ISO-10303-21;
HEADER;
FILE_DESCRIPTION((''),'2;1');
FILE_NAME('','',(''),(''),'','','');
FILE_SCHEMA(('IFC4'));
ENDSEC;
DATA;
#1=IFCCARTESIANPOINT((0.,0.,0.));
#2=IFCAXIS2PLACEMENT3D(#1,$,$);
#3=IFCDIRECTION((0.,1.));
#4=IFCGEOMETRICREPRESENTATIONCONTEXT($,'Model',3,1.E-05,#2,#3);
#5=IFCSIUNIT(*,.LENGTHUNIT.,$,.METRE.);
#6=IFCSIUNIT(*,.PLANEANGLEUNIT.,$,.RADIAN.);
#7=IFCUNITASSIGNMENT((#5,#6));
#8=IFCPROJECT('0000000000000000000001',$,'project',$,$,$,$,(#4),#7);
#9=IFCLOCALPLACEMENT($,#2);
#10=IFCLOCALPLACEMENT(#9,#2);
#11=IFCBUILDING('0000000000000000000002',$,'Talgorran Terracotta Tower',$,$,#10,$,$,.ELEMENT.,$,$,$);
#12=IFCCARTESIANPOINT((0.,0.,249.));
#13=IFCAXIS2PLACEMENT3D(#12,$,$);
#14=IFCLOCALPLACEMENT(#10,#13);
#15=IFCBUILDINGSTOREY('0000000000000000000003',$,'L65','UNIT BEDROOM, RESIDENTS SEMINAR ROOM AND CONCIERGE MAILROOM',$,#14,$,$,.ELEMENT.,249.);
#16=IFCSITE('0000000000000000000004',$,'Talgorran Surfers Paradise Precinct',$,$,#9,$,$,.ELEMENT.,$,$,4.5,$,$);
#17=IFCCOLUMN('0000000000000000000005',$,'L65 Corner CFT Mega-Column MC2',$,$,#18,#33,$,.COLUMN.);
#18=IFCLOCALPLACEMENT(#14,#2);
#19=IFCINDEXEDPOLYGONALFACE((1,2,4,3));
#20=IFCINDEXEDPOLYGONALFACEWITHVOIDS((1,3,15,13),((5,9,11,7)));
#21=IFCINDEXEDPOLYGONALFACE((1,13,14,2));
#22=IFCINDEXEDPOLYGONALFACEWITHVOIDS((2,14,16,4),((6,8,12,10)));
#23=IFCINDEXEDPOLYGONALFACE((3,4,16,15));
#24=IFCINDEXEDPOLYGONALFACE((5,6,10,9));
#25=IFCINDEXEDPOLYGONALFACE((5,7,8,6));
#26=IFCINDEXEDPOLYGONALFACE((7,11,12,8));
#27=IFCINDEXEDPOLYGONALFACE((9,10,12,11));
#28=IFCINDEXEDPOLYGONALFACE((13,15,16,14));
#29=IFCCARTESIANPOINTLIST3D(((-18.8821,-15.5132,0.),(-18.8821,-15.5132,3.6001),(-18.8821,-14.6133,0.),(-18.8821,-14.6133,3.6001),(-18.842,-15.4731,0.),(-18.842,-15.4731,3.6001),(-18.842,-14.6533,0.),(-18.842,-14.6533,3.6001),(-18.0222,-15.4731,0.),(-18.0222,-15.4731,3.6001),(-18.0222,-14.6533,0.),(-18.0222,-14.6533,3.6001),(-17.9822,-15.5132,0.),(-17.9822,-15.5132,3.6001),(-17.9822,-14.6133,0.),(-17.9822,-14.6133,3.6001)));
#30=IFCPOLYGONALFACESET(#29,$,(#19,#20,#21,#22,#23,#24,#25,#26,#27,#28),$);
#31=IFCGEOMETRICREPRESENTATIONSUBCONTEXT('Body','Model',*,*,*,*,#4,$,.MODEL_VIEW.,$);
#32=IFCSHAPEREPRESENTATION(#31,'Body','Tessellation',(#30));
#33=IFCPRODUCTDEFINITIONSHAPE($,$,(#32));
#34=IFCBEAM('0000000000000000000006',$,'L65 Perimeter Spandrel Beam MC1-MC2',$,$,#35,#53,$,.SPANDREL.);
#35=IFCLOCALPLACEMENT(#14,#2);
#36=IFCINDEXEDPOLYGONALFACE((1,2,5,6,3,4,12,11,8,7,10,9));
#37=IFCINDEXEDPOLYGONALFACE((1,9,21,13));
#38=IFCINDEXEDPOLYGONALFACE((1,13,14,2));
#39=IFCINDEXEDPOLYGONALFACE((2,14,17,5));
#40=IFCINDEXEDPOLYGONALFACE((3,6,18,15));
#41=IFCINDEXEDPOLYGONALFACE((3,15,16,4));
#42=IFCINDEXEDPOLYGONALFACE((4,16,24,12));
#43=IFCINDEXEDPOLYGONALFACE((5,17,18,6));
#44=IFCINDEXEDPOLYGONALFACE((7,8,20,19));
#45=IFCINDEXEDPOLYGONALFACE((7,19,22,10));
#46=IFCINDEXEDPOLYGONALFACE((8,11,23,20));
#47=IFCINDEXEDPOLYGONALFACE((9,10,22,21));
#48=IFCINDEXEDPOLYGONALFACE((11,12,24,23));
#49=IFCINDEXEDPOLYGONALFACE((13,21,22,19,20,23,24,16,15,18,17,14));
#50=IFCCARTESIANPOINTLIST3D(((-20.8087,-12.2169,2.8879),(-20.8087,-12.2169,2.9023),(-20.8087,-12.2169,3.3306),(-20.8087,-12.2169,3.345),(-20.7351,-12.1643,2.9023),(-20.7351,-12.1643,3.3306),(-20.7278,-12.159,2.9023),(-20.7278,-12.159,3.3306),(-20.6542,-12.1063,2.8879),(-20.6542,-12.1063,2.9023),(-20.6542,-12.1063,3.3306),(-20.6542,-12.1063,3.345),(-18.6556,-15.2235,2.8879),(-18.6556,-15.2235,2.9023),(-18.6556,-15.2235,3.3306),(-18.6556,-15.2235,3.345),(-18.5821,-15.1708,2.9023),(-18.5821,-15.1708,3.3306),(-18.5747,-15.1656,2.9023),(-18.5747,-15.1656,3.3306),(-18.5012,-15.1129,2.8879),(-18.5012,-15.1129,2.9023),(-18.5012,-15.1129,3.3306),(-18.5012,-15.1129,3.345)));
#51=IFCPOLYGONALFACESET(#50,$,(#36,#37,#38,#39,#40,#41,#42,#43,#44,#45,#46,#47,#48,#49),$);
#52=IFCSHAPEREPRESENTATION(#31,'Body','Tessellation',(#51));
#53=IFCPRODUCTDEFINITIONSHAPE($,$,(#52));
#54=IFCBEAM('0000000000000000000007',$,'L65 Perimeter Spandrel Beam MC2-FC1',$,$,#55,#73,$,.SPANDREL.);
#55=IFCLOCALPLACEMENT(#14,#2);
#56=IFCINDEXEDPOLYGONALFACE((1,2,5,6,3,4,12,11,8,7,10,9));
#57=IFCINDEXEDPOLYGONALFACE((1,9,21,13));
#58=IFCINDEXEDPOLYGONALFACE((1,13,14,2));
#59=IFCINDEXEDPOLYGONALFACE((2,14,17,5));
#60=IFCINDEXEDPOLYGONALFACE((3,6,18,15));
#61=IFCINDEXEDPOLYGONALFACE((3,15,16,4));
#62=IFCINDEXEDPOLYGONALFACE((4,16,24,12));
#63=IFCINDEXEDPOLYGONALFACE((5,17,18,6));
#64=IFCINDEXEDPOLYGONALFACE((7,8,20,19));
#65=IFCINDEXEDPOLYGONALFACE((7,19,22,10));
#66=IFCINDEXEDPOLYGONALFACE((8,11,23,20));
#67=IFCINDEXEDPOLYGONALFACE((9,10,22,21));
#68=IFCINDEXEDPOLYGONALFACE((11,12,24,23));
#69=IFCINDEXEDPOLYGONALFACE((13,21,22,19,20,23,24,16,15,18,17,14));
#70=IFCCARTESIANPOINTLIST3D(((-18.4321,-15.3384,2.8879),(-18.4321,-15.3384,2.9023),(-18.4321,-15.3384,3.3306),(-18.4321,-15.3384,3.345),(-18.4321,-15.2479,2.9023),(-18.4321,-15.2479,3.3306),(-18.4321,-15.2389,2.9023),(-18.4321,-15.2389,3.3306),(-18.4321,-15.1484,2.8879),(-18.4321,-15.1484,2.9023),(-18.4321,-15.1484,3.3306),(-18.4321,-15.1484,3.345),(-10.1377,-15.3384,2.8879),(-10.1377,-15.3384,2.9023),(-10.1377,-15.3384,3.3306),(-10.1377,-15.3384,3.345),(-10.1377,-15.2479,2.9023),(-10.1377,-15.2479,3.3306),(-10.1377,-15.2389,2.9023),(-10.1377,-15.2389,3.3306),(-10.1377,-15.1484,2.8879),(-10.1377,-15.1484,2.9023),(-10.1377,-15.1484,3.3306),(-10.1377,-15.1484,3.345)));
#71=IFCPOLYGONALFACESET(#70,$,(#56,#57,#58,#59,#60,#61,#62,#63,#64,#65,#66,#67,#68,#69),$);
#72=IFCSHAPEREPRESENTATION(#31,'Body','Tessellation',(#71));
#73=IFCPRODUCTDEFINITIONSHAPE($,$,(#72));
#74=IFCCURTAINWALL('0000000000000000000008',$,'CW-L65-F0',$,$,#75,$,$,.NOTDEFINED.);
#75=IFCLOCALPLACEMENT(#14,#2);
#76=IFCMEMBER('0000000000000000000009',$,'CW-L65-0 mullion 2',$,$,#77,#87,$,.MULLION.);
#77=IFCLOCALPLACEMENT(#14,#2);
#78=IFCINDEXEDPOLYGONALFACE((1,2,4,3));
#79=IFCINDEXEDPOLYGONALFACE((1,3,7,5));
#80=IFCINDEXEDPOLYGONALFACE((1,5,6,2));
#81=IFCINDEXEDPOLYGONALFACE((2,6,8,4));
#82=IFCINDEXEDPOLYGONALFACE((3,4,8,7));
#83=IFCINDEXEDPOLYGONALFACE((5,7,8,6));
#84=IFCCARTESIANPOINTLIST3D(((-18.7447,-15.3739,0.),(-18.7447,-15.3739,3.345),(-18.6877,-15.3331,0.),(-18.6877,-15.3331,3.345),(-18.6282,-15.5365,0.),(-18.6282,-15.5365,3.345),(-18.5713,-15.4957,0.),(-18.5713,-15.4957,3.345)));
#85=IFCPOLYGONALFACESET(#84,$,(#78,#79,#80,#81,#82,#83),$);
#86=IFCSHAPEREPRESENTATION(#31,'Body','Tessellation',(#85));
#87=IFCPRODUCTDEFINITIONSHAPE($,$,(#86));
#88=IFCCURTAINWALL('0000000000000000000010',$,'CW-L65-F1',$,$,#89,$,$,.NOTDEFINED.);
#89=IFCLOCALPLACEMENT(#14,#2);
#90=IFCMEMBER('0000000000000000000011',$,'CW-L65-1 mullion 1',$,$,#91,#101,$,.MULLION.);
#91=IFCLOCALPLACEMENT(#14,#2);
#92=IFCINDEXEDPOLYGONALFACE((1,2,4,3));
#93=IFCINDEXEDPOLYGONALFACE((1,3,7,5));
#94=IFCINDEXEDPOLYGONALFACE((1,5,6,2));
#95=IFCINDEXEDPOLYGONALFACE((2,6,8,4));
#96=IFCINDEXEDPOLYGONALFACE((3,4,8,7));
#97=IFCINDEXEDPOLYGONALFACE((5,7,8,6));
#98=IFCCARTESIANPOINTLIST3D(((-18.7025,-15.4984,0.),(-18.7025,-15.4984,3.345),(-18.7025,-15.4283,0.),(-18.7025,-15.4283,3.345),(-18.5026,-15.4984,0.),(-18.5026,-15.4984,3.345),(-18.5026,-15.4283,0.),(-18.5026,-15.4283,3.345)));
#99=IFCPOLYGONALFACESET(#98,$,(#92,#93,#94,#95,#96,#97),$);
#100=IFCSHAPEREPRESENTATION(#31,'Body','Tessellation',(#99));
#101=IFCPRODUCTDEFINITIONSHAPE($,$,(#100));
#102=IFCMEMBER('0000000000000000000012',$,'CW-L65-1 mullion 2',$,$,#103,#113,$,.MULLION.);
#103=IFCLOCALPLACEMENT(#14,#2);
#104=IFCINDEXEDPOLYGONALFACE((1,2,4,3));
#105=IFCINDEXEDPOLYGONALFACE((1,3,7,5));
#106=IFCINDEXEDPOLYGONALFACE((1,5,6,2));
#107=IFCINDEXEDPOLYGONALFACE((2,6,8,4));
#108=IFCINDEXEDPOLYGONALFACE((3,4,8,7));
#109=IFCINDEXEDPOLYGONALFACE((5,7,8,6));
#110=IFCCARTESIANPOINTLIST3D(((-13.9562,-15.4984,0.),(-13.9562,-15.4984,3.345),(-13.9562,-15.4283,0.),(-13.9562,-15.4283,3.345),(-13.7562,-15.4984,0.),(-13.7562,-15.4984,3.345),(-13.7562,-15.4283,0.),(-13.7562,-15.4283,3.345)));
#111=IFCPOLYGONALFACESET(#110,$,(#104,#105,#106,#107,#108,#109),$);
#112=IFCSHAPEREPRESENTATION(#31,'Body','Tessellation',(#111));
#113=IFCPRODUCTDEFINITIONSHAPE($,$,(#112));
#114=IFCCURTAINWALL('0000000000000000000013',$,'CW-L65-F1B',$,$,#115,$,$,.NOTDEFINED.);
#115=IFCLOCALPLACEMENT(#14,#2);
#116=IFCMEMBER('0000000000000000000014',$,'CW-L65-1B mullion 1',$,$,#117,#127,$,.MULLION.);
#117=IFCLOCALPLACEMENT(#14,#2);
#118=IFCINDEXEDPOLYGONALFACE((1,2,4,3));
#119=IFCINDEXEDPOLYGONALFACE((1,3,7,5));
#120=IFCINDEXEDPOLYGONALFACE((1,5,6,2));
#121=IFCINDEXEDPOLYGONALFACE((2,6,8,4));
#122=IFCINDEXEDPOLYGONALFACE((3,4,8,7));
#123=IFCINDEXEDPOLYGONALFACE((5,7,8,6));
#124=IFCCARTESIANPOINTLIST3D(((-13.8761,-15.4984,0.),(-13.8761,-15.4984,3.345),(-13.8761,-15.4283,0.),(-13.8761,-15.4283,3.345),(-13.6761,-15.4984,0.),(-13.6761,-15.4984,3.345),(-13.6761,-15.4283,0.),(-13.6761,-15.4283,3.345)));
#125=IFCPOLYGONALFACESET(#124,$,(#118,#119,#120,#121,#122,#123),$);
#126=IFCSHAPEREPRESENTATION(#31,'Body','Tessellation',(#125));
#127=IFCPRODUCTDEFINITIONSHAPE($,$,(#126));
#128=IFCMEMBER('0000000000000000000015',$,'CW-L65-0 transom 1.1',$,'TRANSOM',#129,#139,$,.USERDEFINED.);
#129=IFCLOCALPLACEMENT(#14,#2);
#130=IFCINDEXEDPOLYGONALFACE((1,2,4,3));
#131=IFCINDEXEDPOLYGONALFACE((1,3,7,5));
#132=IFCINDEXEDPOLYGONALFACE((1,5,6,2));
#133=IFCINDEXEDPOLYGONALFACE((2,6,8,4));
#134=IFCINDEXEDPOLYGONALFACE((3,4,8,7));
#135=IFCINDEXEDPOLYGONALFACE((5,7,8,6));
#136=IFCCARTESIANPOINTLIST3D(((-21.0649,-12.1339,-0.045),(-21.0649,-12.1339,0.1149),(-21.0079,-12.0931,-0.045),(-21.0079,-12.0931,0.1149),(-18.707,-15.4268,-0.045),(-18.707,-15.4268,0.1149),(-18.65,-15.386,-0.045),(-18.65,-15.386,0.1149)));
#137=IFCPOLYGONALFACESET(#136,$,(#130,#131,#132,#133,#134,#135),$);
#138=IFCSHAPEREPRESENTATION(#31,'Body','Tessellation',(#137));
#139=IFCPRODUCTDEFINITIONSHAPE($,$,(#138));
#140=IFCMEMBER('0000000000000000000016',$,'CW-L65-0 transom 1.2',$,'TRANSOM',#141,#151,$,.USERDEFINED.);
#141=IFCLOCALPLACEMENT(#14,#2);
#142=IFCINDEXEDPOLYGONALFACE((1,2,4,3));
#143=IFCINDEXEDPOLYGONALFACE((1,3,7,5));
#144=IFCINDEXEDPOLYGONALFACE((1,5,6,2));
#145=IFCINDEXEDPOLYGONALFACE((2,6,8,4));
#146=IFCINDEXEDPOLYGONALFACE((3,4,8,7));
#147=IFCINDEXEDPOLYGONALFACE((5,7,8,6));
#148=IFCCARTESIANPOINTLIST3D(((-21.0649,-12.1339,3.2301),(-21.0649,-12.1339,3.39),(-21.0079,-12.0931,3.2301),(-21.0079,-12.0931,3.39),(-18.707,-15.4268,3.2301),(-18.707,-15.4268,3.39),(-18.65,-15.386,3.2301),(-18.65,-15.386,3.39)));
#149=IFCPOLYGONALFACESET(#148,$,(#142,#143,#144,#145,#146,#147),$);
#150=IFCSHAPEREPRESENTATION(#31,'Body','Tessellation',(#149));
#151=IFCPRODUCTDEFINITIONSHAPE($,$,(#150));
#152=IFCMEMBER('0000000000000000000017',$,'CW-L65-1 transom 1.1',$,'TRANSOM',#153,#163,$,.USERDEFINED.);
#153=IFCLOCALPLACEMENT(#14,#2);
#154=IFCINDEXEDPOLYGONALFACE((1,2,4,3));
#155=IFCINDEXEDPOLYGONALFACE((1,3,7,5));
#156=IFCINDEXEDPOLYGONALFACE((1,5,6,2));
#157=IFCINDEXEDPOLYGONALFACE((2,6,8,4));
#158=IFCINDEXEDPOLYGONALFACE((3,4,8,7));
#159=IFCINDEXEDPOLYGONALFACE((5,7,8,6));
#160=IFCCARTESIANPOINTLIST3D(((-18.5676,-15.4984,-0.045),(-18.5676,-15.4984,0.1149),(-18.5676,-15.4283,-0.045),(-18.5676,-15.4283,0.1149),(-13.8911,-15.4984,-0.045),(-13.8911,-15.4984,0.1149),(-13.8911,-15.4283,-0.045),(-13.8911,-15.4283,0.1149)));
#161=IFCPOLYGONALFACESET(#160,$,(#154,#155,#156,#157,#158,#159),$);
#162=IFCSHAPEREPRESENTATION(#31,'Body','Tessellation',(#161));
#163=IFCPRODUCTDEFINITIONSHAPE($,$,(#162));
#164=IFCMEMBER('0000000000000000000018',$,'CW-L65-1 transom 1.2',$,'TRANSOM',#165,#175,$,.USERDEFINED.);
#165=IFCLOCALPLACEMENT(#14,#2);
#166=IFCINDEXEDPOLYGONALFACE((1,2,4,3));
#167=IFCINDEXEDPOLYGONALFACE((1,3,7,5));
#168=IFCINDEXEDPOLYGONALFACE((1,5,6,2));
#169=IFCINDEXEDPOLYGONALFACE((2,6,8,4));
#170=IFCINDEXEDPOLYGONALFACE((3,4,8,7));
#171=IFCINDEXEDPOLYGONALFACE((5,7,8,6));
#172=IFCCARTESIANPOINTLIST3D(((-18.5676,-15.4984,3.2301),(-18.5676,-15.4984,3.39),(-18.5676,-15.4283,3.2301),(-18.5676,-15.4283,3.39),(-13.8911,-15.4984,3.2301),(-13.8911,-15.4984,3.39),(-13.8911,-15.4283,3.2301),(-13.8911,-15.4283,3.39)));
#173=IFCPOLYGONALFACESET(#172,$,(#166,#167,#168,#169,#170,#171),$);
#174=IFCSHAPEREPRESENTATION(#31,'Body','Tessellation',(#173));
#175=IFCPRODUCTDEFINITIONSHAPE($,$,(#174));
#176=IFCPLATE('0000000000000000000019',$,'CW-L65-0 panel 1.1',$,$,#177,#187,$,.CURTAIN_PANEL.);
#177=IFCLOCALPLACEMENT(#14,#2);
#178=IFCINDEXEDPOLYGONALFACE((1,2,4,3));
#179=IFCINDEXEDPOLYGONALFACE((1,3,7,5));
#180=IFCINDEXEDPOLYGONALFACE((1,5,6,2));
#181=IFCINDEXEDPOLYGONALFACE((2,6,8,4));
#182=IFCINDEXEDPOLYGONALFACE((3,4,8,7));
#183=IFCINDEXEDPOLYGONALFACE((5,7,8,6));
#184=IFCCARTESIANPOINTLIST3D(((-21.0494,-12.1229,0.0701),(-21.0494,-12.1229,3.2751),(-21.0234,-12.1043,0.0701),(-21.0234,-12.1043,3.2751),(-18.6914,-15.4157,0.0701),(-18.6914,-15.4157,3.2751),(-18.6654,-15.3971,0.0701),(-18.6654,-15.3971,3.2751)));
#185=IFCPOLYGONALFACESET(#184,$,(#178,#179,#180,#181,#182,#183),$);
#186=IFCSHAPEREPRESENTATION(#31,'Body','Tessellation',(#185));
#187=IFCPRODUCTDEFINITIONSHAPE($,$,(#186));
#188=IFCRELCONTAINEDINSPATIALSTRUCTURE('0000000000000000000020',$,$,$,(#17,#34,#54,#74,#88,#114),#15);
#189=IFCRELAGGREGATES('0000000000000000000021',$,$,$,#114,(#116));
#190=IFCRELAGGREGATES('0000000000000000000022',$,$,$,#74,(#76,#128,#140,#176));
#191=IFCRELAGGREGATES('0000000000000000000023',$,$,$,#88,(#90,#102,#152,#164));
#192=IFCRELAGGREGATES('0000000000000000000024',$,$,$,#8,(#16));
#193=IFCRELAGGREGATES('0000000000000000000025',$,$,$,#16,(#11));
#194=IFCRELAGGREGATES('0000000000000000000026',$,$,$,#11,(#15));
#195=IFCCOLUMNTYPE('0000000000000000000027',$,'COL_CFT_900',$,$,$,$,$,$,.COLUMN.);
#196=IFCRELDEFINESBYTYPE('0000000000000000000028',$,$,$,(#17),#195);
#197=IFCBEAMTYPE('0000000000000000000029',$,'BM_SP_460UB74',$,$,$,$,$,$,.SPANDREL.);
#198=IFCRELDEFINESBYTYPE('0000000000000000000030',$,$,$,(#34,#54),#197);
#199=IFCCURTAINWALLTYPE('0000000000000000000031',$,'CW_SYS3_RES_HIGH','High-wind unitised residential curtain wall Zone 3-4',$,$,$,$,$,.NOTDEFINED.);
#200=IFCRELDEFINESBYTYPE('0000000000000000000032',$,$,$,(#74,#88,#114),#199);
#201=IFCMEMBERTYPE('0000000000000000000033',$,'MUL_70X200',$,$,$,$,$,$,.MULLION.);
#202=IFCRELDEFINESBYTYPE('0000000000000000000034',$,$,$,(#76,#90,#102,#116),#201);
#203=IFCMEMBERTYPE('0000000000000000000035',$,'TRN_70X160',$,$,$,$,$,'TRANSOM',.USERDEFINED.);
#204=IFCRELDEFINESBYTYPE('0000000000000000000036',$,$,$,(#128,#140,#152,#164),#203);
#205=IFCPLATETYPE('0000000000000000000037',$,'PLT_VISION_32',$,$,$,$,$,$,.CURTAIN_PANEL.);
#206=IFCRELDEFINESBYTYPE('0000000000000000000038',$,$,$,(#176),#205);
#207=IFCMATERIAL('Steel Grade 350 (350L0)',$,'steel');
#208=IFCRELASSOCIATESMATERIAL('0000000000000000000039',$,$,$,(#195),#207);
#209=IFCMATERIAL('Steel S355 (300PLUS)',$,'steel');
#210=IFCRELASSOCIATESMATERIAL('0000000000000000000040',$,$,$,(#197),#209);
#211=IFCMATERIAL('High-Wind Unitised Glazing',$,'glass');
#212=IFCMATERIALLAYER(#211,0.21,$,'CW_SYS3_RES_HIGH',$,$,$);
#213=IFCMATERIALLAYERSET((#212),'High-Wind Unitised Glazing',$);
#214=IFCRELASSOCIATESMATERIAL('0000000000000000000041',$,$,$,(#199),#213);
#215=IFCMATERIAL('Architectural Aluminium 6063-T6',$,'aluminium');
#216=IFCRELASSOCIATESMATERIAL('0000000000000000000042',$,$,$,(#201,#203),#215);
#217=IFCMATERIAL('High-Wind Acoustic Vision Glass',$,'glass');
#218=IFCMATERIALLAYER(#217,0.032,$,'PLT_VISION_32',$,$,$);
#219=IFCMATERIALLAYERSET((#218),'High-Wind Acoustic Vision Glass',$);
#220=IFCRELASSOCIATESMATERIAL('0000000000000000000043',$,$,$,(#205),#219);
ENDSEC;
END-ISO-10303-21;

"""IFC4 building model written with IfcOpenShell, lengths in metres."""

from ifc_helpers import new_model, si_unit, direction, frame, origin, origin_2d, place, context, subcontext, project, spatial, rectangle, hollow_rectangle, i_section, extrude, source, transform, mapped, material, layer, layer_set, material_profile, profile_set, type_object, element, aggregate, save


model = new_model("IFC4")

# Units and contexts
model_context = context("Model", 3, precision=1e-05, world=origin(), true_north=direction((0.0, 1.0)))
body_context = subcontext(model_context, "Body", "Model", "MODEL_VIEW")
ifc_project = project(units=[si_unit("LENGTHUNIT", "METRE"), si_unit("PLANEANGLEUNIT", "RADIAN")], contexts=[model_context])

# Site, building, storey
site_placement = place(None, origin())
site = spatial("IfcSite", under=ifc_project, at=site_placement, Name="Talgorran Surfers Paradise Precinct", CompositionType="ELEMENT", RefElevation=4.5)
building_placement = place(site_placement, origin())
building = spatial("IfcBuilding", under=site, at=building_placement, Name="Talgorran Terracotta Tower", CompositionType="ELEMENT")
storey_placement = place(building_placement, frame((0.0, 0.0, 249.0)))
storey = spatial("IfcBuildingStorey", under=building, at=storey_placement, Name="L65", Description="UNIT BEDROOM, RESIDENTS SEMINAR ROOM AND CONCIERGE MAILROOM", CompositionType="ELEMENT", Elevation=249.0)

# Column
ifc_material_1 = material(Name="Steel Grade 350 (350L0)", Category="steel")
ifc_material_profile_1 = material_profile(ifc_material_1, hollow_rectangle(XDim=0.8999, YDim=0.8999, WallThickness=0.04, at=origin_2d()), Name="CFT900X900X40")
ifc_profile_set_1 = profile_set([ifc_material_profile_1], Name="Steel Grade 350 (350L0)")
column_type = type_object("IfcColumnType", Name="COL_CFT_900", PredefinedType="COLUMN", material=ifc_profile_set_1)
column_placement = place(storey_placement, frame((-18.4321, -15.0632, 0.0), z_axis=(0.0, 0.0, 1.0), x_axis=(1.0, 0.0, 0.0)))
element("IfcColumn", 1, at=column_placement, inside=storey, type_object=column_type, Name="L65 Corner CFT Mega-Column MC2", PredefinedType="COLUMN", context=body_context, shape_type="SweptSolid", body=[
    extrude(hollow_rectangle(XDim=0.8999, YDim=0.8999, WallThickness=0.04, at=origin_2d()), origin(), (0.0, 0.0, 1.0), 3.6001),
])

# Beams
ifc_material_2 = material(Name="Steel S355 (300PLUS)", Category="steel")
ifc_material_profile_2 = material_profile(ifc_material_2, i_section(OverallWidth=0.1899, OverallDepth=0.457, WebThickness=0.009, FlangeThickness=0.0144, at=origin_2d()), Name="460UB74.6")
ifc_profile_set_2 = profile_set([ifc_material_profile_2], Name="Steel S355 (300PLUS)")
beam_type = type_object("IfcBeamType", Name="BM_SP_460UB74", PredefinedType="SPANDREL", material=ifc_profile_set_2)
beam_1_placement = place(storey_placement, frame((-20.7314, -12.1616, 3.1165), z_axis=(0.582224, -0.813028, 0.0), x_axis=(0.813028, 0.582224, 0.0)))
element("IfcBeam", 2, at=beam_1_placement, inside=storey, type_object=beam_type, Name="L65 Perimeter Spandrel Beam MC1-MC2", PredefinedType="SPANDREL", context=body_context, shape_type="SweptSolid", body=[
    extrude(i_section(OverallWidth=0.1899, OverallDepth=0.457, WebThickness=0.009, FlangeThickness=0.0144, at=origin_2d()), origin(), (0.0, 0.0, 1.0), 3.698),
])
beam_2_placement = place(storey_placement, frame((-18.4321, -15.2434, 3.1165), z_axis=(1.0, 0.0, 0.0), x_axis=(0.0, 1.0, 0.0)))
element("IfcBeam", 3, at=beam_2_placement, inside=storey, type_object=beam_type, Name="L65 Perimeter Spandrel Beam MC2-FC1", PredefinedType="SPANDREL", context=body_context, shape_type="SweptSolid", body=[
    extrude(i_section(OverallWidth=0.1899, OverallDepth=0.457, WebThickness=0.009, FlangeThickness=0.0144, at=origin_2d()), origin(), (0.0, 0.0, 1.0), 8.2944),
])

# Curtain wall, member
ifc_material_3 = material(Name="High-Wind Unitised Glazing", Category="glass")
ifc_layer_1 = layer(ifc_material_3, 0.21, Name="CW_SYS3_RES_HIGH")
ifc_layer_set_1 = layer_set([ifc_layer_1], Name="High-Wind Unitised Glazing")
curtain_wall_type = type_object("IfcCurtainWallType", Name="CW_SYS3_RES_HIGH", Description="High-wind unitised residential curtain wall Zone 3-4", PredefinedType="NOTDEFINED", material=ifc_layer_set_1)
curtain_wall_1_placement = place(storey_placement, origin())
curtain_wall_1 = element("IfcCurtainWall", 4, at=curtain_wall_1_placement, inside=storey, type_object=curtain_wall_type, Name="CW-L65-F0", PredefinedType="NOTDEFINED")
ifc_material_4 = material(Name="Architectural Aluminium 6063-T6", Category="aluminium")
ifc_material_profile_3 = material_profile(ifc_material_4, rectangle(XDim=0.0701, YDim=0.2, at=origin_2d()), Name="CWM70X200")
ifc_profile_set_3 = profile_set([ifc_material_profile_3], Name="Architectural Aluminium 6063-T6")
member_type_1 = type_object("IfcMemberType", Name="MUL_70X200", PredefinedType="MULLION", material=ifc_profile_set_3)
member_1_placement = place(storey_placement, frame((-18.658, -15.4348, 0.0), z_axis=(0.0, 0.0, 1.0), x_axis=(0.813031, 0.58222, 0.0)))
member_1 = element("IfcMember", 5, at=member_1_placement, type_object=member_type_1, Name="CW-L65-0 mullion 2", PredefinedType="MULLION", context=body_context, shape_type="SweptSolid", body=[
    extrude(rectangle(XDim=0.0701, YDim=0.2, at=origin_2d()), origin(), (0.0, 0.0, 1.0), 3.345),
])

# Curtain wall, members
curtain_wall_2_placement = place(storey_placement, origin())
curtain_wall_2 = element("IfcCurtainWall", 6, at=curtain_wall_2_placement, inside=storey, type_object=curtain_wall_type, Name="CW-L65-F1", PredefinedType="NOTDEFINED")
member_2_placement = place(storey_placement, frame((-18.6025, -15.4634, 0.0), z_axis=(0.0, 0.0, 1.0), x_axis=(0.0, 1.0, 0.0)))
member_2 = element("IfcMember", 7, at=member_2_placement, type_object=member_type_1, Name="CW-L65-1 mullion 1", PredefinedType="MULLION", context=body_context, shape_type="SweptSolid", body=[
    extrude(rectangle(XDim=0.0701, YDim=0.2, at=origin_2d()), origin(), (0.0, 0.0, 1.0), 3.345),
])
member_3_placement = place(storey_placement, frame((-13.8562, -15.4634, 0.0), z_axis=(0.0, 0.0, 1.0), x_axis=(0.0, 1.0, 0.0)))
member_3 = element("IfcMember", 8, at=member_3_placement, type_object=member_type_1, Name="CW-L65-1 mullion 2", PredefinedType="MULLION", context=body_context, shape_type="SweptSolid", body=[
    extrude(rectangle(XDim=0.0701, YDim=0.2, at=origin_2d()), origin(), (0.0, 0.0, 1.0), 3.345),
])

# Curtain wall, member
curtain_wall_3_placement = place(storey_placement, origin())
curtain_wall_3 = element("IfcCurtainWall", 9, at=curtain_wall_3_placement, inside=storey, type_object=curtain_wall_type, Name="CW-L65-F1B", PredefinedType="NOTDEFINED")
member_4_placement = place(storey_placement, frame((-13.7761, -15.4634, 0.0), z_axis=(0.0, 0.0, 1.0), x_axis=(0.0, 1.0, 0.0)))
member_4 = element("IfcMember", 10, at=member_4_placement, type_object=member_type_1, Name="CW-L65-1B mullion 1", PredefinedType="MULLION", context=body_context, shape_type="SweptSolid", body=[
    extrude(rectangle(XDim=0.0701, YDim=0.2, at=origin_2d()), origin(), (0.0, 0.0, 1.0), 3.345),
])
aggregate(curtain_wall_3, [member_4])

# Members
ifc_material_profile_4 = material_profile(ifc_material_4, rectangle(XDim=0.0701, YDim=0.1599, at=origin_2d()), Name="CWT70X160")
ifc_profile_set_4 = profile_set([ifc_material_profile_4], Name="Architectural Aluminium 6063-T6")
member_type_2 = type_object("IfcMemberType", Name="TRN_70X160", ElementType="TRANSOM", PredefinedType="USERDEFINED", material=ifc_profile_set_4)
member_5_placement = place(storey_placement, frame((-21.0364, -12.1135, 0.0349), z_axis=(0.582184, -0.813057, 0.0), x_axis=(0.813057, 0.582184, 0.0)))
member_5 = element("IfcMember", 11, at=member_5_placement, type_object=member_type_2, Name="CW-L65-0 transom 1.1", ObjectType="TRANSOM", PredefinedType="USERDEFINED", context=body_context, shape_type="SweptSolid", body=[
    extrude(rectangle(XDim=0.0701, YDim=0.1599, at=origin_2d()), origin(), (0.0, 0.0, 1.0), 4.05),
])
member_6_placement = place(storey_placement, frame((-21.0364, -12.1135, 3.3101), z_axis=(0.582184, -0.813057, 0.0), x_axis=(0.813057, 0.582184, 0.0)))
member_6 = element("IfcMember", 12, at=member_6_placement, type_object=member_type_2, Name="CW-L65-0 transom 1.2", ObjectType="TRANSOM", PredefinedType="USERDEFINED", context=body_context, shape_type="SweptSolid", body=[
    extrude(rectangle(XDim=0.0701, YDim=0.1599, at=origin_2d()), origin(), (0.0, 0.0, 1.0), 4.05),
])
member_7_placement = place(storey_placement, frame((-18.5676, -15.4634, 0.0349), z_axis=(1.0, 0.0, 0.0), x_axis=(0.0, 1.0, 0.0)))
member_7 = element("IfcMember", 13, at=member_7_placement, type_object=member_type_2, Name="CW-L65-1 transom 1.1", ObjectType="TRANSOM", PredefinedType="USERDEFINED", context=body_context, shape_type="SweptSolid", body=[
    extrude(rectangle(XDim=0.0701, YDim=0.1599, at=origin_2d()), origin(), (0.0, 0.0, 1.0), 4.6765),
])
member_8_placement = place(storey_placement, frame((-18.5676, -15.4634, 3.3101), z_axis=(1.0, 0.0, 0.0), x_axis=(0.0, 1.0, 0.0)))
member_8 = element("IfcMember", 14, at=member_8_placement, type_object=member_type_2, Name="CW-L65-1 transom 1.2", ObjectType="TRANSOM", PredefinedType="USERDEFINED", context=body_context, shape_type="SweptSolid", body=[
    extrude(rectangle(XDim=0.0701, YDim=0.1599, at=origin_2d()), origin(), (0.0, 0.0, 1.0), 4.6765),
])

# Plate
ifc_material_5 = material(Name="High-Wind Acoustic Vision Glass", Category="glass")
ifc_layer_2 = layer(ifc_material_5, 0.032, Name="PLT_VISION_32")
ifc_layer_set_2 = layer_set([ifc_layer_2], Name="High-Wind Acoustic Vision Glass")
plate_type = type_object("IfcPlateType", Name="PLT_VISION_32", PredefinedType="CURTAIN_PANEL", material=ifc_layer_set_2)
shared_shape_1 = source(origin(), body_context, "Body", "SweptSolid", [
    extrude(rectangle(XDim=4.05, YDim=0.032, at=origin_2d()), origin(), (0.0, 0.0, 1.0), 3.2051),
])
plate_1_placement = place(storey_placement, frame((-19.8574, -13.76, 0.0701), z_axis=(0.0, 0.0, 1.0), x_axis=(0.58222, -0.813031, 0.0)))
plate_1 = element("IfcPlate", 15, at=plate_1_placement, type_object=plate_type, Name="CW-L65-0 panel 1.1", PredefinedType="CURTAIN_PANEL", context=body_context, shape_type="MappedRepresentation", body=[
    mapped(shared_shape_1, transform((0.0, 0.0, 0.0), scale=1.0)),
])
aggregate(curtain_wall_1, [member_1, member_5, member_6, plate_1])
aggregate(curtain_wall_2, [member_2, member_3, member_7, member_8])

save(model, "model.ifc")
